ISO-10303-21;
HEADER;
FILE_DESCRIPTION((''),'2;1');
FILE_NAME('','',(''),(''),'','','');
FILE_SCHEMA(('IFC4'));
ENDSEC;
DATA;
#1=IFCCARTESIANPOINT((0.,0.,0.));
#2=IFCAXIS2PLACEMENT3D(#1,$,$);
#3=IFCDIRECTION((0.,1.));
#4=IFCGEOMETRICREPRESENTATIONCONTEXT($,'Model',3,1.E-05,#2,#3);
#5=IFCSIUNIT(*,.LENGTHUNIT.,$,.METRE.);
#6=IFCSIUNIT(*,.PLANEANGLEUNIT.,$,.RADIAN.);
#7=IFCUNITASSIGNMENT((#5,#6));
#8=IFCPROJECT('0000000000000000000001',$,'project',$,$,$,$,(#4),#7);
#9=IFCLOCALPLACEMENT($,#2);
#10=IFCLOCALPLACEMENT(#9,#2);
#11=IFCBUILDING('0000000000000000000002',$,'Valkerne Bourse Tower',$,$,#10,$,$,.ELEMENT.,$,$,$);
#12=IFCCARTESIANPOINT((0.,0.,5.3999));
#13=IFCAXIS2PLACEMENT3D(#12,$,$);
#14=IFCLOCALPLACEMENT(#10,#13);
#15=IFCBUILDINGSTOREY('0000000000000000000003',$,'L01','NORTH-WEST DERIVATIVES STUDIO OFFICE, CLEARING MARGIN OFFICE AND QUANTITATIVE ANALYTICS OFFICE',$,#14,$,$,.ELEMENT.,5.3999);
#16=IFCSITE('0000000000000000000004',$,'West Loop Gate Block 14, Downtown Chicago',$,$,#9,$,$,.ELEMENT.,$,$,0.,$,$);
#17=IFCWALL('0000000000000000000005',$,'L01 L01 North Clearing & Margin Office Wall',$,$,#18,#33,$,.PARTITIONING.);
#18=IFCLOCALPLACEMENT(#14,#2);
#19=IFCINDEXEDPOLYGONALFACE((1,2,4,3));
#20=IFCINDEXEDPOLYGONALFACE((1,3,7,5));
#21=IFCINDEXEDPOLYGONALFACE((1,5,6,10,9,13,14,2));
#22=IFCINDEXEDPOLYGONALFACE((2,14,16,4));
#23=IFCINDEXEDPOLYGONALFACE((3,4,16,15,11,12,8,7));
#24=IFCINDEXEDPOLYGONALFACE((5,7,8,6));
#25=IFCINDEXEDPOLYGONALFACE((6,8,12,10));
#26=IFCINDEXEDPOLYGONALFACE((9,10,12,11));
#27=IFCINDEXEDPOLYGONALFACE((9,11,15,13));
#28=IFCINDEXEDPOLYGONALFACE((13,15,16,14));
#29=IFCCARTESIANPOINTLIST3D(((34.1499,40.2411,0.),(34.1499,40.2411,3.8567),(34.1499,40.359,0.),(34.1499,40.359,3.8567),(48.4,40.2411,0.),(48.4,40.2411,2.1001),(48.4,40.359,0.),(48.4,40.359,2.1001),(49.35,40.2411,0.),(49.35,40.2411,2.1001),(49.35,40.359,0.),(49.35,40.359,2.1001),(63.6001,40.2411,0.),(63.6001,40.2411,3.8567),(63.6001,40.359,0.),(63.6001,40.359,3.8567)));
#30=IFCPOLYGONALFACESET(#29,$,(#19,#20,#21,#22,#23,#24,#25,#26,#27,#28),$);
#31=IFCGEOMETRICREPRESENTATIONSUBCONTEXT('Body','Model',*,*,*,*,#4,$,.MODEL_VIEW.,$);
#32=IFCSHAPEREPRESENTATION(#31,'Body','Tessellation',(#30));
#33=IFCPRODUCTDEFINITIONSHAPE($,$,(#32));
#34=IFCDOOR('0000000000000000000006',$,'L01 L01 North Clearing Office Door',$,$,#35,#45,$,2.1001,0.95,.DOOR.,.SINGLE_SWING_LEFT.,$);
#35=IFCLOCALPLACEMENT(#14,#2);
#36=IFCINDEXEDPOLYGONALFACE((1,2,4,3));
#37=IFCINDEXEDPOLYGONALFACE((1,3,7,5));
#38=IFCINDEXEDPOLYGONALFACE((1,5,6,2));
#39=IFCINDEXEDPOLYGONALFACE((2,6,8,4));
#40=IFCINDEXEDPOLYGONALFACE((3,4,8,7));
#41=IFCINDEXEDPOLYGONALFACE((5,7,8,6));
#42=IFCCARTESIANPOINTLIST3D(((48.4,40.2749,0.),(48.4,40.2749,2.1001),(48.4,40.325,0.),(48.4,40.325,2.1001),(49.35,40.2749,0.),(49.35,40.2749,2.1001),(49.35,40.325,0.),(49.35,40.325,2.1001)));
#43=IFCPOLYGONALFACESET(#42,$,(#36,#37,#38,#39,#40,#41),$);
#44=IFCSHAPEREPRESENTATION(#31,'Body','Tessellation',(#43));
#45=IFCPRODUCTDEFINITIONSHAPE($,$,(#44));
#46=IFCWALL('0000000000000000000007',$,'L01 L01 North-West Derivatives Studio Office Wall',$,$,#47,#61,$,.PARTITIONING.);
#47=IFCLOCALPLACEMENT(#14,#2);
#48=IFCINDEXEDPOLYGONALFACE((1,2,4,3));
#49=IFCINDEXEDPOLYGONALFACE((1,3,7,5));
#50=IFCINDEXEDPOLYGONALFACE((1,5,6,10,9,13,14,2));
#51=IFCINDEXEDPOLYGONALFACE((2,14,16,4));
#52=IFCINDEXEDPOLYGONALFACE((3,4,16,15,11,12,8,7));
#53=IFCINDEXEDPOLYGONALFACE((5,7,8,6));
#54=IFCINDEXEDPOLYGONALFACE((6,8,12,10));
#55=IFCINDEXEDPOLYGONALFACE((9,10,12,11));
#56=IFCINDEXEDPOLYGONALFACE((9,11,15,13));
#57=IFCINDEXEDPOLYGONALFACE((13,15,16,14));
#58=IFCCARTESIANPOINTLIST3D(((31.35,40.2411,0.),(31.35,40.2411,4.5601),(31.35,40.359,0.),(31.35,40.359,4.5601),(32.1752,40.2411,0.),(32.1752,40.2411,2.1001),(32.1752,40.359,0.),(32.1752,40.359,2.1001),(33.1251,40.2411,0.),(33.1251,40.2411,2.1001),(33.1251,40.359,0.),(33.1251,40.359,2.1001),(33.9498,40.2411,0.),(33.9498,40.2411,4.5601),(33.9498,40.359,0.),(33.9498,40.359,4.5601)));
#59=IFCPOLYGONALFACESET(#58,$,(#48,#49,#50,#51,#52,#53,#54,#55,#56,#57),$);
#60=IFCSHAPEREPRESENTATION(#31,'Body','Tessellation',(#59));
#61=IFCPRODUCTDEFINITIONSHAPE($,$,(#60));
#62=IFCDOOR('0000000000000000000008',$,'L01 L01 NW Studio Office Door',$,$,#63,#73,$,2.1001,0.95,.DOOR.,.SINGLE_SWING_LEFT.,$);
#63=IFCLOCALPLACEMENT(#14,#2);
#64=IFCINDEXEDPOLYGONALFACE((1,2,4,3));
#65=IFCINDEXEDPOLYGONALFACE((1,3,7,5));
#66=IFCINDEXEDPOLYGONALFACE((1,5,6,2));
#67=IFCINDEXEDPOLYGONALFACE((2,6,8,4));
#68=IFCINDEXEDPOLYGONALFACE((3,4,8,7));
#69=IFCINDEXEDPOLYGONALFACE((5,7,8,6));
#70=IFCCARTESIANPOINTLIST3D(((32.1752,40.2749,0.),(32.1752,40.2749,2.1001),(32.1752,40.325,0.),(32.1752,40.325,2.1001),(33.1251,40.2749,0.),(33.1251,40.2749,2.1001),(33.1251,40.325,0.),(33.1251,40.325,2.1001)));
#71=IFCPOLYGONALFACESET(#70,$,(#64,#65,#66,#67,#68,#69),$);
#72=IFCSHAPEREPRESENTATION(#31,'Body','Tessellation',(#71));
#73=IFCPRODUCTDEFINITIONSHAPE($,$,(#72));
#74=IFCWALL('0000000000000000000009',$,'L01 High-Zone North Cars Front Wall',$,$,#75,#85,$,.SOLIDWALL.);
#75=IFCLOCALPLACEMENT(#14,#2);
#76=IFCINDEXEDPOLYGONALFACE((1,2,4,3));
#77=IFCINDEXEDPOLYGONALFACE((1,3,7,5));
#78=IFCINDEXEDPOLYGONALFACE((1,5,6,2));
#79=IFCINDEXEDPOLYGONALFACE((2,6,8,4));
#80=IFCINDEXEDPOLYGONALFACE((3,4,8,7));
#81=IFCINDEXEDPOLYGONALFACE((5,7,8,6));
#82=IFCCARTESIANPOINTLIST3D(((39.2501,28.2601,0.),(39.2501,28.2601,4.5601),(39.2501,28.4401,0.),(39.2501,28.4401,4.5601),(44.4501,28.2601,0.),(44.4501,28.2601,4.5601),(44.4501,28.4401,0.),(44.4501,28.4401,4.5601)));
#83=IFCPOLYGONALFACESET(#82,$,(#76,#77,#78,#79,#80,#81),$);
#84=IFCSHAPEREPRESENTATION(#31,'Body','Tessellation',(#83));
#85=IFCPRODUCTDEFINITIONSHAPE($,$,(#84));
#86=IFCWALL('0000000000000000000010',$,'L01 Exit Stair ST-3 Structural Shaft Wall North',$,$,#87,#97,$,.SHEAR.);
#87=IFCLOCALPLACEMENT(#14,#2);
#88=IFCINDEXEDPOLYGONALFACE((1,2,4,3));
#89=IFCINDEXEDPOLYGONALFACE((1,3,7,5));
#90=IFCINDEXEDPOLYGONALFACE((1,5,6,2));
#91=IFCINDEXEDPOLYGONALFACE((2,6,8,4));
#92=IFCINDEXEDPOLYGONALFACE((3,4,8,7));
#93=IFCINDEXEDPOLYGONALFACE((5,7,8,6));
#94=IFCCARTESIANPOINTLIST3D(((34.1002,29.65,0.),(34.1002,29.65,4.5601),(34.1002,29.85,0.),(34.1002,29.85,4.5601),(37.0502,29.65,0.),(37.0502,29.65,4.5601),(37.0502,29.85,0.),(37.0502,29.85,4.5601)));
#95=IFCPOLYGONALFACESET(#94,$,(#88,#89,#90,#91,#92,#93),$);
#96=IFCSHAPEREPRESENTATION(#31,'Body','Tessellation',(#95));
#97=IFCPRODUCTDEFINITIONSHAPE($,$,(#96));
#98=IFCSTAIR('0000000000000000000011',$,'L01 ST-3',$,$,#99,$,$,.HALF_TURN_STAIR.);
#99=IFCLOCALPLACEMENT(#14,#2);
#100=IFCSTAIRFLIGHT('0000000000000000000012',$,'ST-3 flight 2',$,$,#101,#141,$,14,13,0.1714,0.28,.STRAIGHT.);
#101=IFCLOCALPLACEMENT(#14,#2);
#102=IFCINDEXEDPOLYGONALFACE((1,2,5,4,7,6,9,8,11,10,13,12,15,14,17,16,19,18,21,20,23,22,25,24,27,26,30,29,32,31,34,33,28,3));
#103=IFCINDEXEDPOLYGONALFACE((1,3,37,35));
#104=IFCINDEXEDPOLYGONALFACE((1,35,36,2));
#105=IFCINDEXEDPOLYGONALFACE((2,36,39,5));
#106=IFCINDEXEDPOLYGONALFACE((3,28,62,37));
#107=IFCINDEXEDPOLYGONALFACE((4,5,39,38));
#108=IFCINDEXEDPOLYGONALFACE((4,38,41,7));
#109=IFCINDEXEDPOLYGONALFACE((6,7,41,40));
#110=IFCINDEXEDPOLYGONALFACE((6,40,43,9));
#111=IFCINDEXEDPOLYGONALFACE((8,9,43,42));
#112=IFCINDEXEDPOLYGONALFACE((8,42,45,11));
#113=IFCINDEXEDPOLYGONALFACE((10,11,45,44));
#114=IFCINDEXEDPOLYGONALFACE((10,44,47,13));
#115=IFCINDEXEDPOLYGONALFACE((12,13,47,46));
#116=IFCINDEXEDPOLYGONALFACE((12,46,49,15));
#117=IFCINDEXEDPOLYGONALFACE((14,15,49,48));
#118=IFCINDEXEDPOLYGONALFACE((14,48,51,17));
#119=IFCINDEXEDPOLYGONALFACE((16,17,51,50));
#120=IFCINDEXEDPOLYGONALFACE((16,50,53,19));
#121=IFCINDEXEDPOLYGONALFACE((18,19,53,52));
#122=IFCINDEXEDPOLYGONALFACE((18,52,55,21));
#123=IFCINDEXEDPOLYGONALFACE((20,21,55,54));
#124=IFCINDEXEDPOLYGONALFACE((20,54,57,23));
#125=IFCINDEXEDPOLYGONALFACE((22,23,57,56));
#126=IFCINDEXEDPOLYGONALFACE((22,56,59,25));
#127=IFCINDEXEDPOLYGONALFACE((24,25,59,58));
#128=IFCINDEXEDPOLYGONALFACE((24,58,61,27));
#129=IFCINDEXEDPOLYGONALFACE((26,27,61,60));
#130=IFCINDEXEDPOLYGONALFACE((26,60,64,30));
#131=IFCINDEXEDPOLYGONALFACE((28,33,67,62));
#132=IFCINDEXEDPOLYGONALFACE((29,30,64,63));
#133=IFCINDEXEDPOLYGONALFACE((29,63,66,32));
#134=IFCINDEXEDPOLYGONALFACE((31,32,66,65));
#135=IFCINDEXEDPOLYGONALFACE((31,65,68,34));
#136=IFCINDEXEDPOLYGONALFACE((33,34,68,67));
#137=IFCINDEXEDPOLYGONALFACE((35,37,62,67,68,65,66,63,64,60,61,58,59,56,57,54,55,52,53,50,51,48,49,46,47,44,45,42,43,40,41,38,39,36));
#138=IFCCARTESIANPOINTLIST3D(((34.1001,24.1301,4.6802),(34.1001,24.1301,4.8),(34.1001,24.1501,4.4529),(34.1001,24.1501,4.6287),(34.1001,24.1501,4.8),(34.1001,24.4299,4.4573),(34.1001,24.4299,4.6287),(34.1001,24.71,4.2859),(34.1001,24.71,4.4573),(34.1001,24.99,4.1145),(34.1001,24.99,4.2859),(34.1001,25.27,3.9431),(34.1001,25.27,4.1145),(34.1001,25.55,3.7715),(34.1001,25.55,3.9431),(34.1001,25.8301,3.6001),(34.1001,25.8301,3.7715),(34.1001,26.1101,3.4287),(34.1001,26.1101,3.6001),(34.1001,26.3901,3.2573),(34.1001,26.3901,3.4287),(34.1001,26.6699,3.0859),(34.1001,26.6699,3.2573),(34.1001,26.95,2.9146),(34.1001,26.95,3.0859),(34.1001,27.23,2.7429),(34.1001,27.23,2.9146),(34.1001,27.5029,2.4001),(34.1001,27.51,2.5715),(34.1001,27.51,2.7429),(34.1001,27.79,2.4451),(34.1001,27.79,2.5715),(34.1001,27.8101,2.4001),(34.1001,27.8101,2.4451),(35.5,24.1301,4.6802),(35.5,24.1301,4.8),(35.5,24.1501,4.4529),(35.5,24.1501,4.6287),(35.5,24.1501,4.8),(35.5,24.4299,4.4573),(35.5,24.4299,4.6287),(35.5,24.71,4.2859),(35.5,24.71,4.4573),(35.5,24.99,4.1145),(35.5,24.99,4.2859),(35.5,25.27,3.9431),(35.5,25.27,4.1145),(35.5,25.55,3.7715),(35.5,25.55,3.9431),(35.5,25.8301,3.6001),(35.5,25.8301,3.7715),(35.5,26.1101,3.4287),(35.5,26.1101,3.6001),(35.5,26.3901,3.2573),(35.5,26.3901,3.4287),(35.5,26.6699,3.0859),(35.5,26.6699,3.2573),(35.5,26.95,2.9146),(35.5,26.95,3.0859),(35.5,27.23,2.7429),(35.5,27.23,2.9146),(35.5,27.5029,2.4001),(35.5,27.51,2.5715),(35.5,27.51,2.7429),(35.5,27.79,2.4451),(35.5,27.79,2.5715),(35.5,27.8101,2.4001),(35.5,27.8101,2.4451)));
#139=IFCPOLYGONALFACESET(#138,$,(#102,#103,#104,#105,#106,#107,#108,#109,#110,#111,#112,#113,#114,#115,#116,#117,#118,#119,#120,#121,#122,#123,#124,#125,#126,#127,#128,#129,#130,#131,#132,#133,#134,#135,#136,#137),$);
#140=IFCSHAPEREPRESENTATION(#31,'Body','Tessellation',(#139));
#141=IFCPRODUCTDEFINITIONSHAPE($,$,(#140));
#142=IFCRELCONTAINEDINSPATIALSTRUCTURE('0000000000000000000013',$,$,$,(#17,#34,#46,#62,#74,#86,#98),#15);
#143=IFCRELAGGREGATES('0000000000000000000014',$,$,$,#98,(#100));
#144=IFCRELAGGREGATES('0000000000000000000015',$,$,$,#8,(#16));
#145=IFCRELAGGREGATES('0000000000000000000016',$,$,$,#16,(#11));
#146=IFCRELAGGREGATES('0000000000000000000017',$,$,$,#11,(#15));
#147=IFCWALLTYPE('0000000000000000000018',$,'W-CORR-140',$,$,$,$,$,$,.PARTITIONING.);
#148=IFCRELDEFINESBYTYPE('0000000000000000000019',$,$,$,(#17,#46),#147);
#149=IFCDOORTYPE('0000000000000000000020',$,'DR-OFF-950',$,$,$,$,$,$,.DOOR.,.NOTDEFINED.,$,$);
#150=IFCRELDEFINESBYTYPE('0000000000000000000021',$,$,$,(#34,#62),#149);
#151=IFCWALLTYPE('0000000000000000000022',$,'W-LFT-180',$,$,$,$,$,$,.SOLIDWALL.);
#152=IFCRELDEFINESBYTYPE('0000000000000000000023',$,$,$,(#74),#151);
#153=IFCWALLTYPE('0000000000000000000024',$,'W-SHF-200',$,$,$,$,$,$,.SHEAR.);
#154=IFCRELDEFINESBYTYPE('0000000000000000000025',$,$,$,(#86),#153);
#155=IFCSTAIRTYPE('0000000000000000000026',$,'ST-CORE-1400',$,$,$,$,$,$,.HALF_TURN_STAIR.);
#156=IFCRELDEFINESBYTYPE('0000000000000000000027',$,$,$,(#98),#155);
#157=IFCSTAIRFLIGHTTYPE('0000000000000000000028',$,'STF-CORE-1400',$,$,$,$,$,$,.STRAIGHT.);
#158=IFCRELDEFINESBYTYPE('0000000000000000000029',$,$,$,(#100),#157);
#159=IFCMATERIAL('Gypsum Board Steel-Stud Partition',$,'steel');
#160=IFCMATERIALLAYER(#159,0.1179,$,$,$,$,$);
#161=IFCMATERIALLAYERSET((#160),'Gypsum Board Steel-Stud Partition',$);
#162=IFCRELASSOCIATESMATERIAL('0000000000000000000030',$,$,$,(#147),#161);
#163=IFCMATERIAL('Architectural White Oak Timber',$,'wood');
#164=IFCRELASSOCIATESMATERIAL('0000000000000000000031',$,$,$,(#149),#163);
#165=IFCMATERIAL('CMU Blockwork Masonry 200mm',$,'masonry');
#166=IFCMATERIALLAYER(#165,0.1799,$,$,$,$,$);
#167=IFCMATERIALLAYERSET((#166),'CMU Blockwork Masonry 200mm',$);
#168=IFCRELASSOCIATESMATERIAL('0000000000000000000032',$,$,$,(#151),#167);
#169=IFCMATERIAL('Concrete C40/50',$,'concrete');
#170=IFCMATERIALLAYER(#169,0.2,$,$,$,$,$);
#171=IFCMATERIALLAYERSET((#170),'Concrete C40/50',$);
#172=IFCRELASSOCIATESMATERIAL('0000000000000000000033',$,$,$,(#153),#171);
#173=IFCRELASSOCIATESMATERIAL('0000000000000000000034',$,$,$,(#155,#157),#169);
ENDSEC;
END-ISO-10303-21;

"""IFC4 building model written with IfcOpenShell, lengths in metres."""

from ifc_helpers import new_model, si_unit, direction, frame, frame_2d, origin, place, context, subcontext, project, spatial, polyline, rectangle, outline, extrude, material, layer, layer_set, type_object, element, fill, aggregate, save


model = new_model("IFC4")

# Units and contexts
model_context = context("Model", 3, precision=1e-05, world=origin(), true_north=direction((0.0, 1.0)))
body_context = subcontext(model_context, "Body", "Model", "MODEL_VIEW")
ifc_project = project(units=[si_unit("LENGTHUNIT", "METRE"), si_unit("PLANEANGLEUNIT", "RADIAN")], contexts=[model_context])

# Site, building, storey
site_placement = place(None, origin())
site = spatial("IfcSite", under=ifc_project, at=site_placement, Name="West Loop Gate Block 14, Downtown Chicago", CompositionType="ELEMENT", RefElevation=0.0)
building_placement = place(site_placement, origin())
building = spatial("IfcBuilding", under=site, at=building_placement, Name="Valkerne Bourse Tower", CompositionType="ELEMENT")
storey_placement = place(building_placement, frame((0.0, 0.0, 5.3999)))
storey = spatial("IfcBuildingStorey", under=building, at=storey_placement, Name="L01", Description="NORTH-WEST DERIVATIVES STUDIO OFFICE, CLEARING MARGIN OFFICE AND QUANTITATIVE ANALYTICS OFFICE", CompositionType="ELEMENT", Elevation=5.3999)

# Shared definitions
ifc_material_1 = material(Name="Gypsum Board Steel-Stud Partition", Category="steel")
ifc_layer_1 = layer(ifc_material_1, 0.1179)
ifc_layer_set_1 = layer_set([ifc_layer_1], Name="Gypsum Board Steel-Stud Partition")
wall_type_1 = type_object("IfcWallType", Name="W-CORR-140", PredefinedType="PARTITIONING", material=ifc_layer_set_1)

# Walls, openings, doors
wall_1_placement = place(storey_placement, frame((34.1499, 40.3, 0.0), z_axis=(0.0, 0.0, 1.0), x_axis=(1.0, 0.0, 0.0)))
wall_1 = element("IfcWall", 1, at=wall_1_placement, inside=storey, type_object=wall_type_1, Name="L01 L01 North Clearing & Margin Office Wall", PredefinedType="PARTITIONING", context=body_context, shape_type="SweptSolid", body=[
    extrude(rectangle(XDim=29.4502, YDim=0.1179, at=frame_2d((14.7251, 0.0))), origin(), (0.0, 0.0, 1.0), 3.8567),
])
opening_1_placement = place(wall_1_placement, frame((14.25, 0.0, 0.0)))
opening_1 = element("IfcOpeningElement", 2, at=opening_1_placement, cuts=wall_1, PredefinedType="OPENING", context=body_context, shape_type="SweptSolid", body=[
    extrude(rectangle(XDim=0.95, YDim=2.1001, at=frame_2d((0.4751, 1.05))), frame((0.0, 0.0688, 0.0), z_axis=(0.0, -1.0, 0.0), x_axis=(1.0, 0.0, 0.0)), (0.0, 0.0, 1.0), 0.1379),
])
ifc_material_2 = material(Name="Architectural White Oak Timber", Category="wood")
door_type_1 = type_object("IfcDoorType", Name="DR-OFF-950", OperationType="NOTDEFINED", PredefinedType="DOOR", material=ifc_material_2)
door_1_placement = place(opening_1_placement, origin())
door_1 = element("IfcDoor", 3, at=door_1_placement, inside=storey, type_object=door_type_1, Name="L01 L01 North Clearing Office Door", OperationType="SINGLE_SWING_LEFT", OverallHeight=2.1001, OverallWidth=0.95, PredefinedType="DOOR", context=body_context, shape_type="SweptSolid", body=[
    extrude(rectangle(XDim=0.95, YDim=2.1001, at=frame_2d((0.4751, 1.05))), frame((0.0, 0.0249, 0.0), z_axis=(0.0, -1.0, 0.0), x_axis=(1.0, 0.0, 0.0)), (0.0, 0.0, 1.0), 0.05),
])
fill(opening_1, door_1)
wall_2_placement = place(storey_placement, frame((31.3501, 40.3, 0.0), z_axis=(0.0, 0.0, 1.0), x_axis=(1.0, 0.0, 0.0)))
wall_2 = element("IfcWall", 4, at=wall_2_placement, inside=storey, type_object=wall_type_1, Name="L01 L01 North-West Derivatives Studio Office Wall", PredefinedType="PARTITIONING", context=body_context, shape_type="SweptSolid", body=[
    extrude(rectangle(XDim=2.5999, YDim=0.1179, at=frame_2d((1.2998, 0.0))), origin(), (0.0, 0.0, 1.0), 4.5601),
])
opening_2_placement = place(wall_2_placement, frame((0.825, 0.0, 0.0)))
opening_2 = element("IfcOpeningElement", 5, at=opening_2_placement, cuts=wall_2, PredefinedType="OPENING", context=body_context, shape_type="SweptSolid", body=[
    extrude(rectangle(XDim=0.95, YDim=2.1001, at=frame_2d((0.4751, 1.05))), frame((0.0, 0.0688, 0.0), z_axis=(0.0, -1.0, 0.0), x_axis=(1.0, 0.0, 0.0)), (0.0, 0.0, 1.0), 0.1379),
])
door_2_placement = place(opening_2_placement, origin())
door_2 = element("IfcDoor", 6, at=door_2_placement, inside=storey, type_object=door_type_1, Name="L01 L01 NW Studio Office Door", OperationType="SINGLE_SWING_LEFT", OverallHeight=2.1001, OverallWidth=0.95, PredefinedType="DOOR", context=body_context, shape_type="SweptSolid", body=[
    extrude(rectangle(XDim=0.95, YDim=2.1001, at=frame_2d((0.4751, 1.05))), frame((0.0, 0.0249, 0.0), z_axis=(0.0, -1.0, 0.0), x_axis=(1.0, 0.0, 0.0)), (0.0, 0.0, 1.0), 0.05),
])
fill(opening_2, door_2)

# Walls
ifc_material_3 = material(Name="CMU Blockwork Masonry 200mm", Category="masonry")
ifc_layer_2 = layer(ifc_material_3, 0.1799)
ifc_layer_set_2 = layer_set([ifc_layer_2], Name="CMU Blockwork Masonry 200mm")
wall_type_2 = type_object("IfcWallType", Name="W-LFT-180", PredefinedType="SOLIDWALL", material=ifc_layer_set_2)
wall_3_placement = place(storey_placement, frame((39.25, 28.3501, 0.0), z_axis=(0.0, 0.0, 1.0), x_axis=(1.0, 0.0, 0.0)))
element("IfcWall", 7, at=wall_3_placement, inside=storey, type_object=wall_type_2, Name="L01 High-Zone North Cars Front Wall", PredefinedType="SOLIDWALL", context=body_context, shape_type="SweptSolid", body=[
    extrude(rectangle(XDim=5.2, YDim=0.1799, at=frame_2d((2.6001, 0.0))), origin(), (0.0, 0.0, 1.0), 4.5601),
])
ifc_material_4 = material(Name="Concrete C40/50", Category="concrete")
ifc_layer_3 = layer(ifc_material_4, 0.2)
ifc_layer_set_3 = layer_set([ifc_layer_3], Name="Concrete C40/50")
wall_type_3 = type_object("IfcWallType", Name="W-SHF-200", PredefinedType="SHEAR", material=ifc_layer_set_3)
wall_4_placement = place(storey_placement, frame((34.1001, 29.75, 0.0), z_axis=(0.0, 0.0, 1.0), x_axis=(1.0, 0.0, 0.0)))
element("IfcWall", 8, at=wall_4_placement, inside=storey, type_object=wall_type_3, Name="L01 Exit Stair ST-3 Structural Shaft Wall North", PredefinedType="SHEAR", context=body_context, shape_type="SweptSolid", body=[
    extrude(rectangle(XDim=2.95, YDim=0.2, at=frame_2d((1.4751, 0.0))), origin(), (0.0, 0.0, 1.0), 4.5601),
])

# Stair, stair flight
stair_type = type_object("IfcStairType", Name="ST-CORE-1400", PredefinedType="HALF_TURN_STAIR", material=ifc_material_4)
stair_placement = place(storey_placement, origin())
stair = element("IfcStair", 9, at=stair_placement, inside=storey, type_object=stair_type, Name="L01 ST-3", PredefinedType="HALF_TURN_STAIR")
stair_flight_type = type_object("IfcStairFlightType", Name="STF-CORE-1400", PredefinedType="STRAIGHT", material=ifc_material_4)
stair_flight_placement = place(storey_placement, frame((34.8, 27.79, 2.4001), z_axis=(0.0, 0.0, 1.0), x_axis=(0.0, -1.0, 0.0)))
stair_flight = element("IfcStairFlight", 10, at=stair_flight_placement, type_object=stair_flight_type, Name="ST-3 flight 2", NumberOfRisers=14, NumberOfTreads=13, PredefinedType="STRAIGHT", RiserHeight=0.1714, TreadLength=0.28, context=body_context, shape_type="SweptSolid", body=[
    extrude(outline(polyline([(-0.02, 0.0), (-0.02, 0.0449), (0.0, 0.0449), (0.0, 0.1714), (0.28, 0.1714), (0.28, 0.3428), (0.5601, 0.3428), (0.5601, 0.5144), (0.8401, 0.5144), (0.8401, 0.6858), (1.1201, 0.6858), (1.1201, 0.8572), (1.3999, 0.8572), (1.3999, 1.0286), (1.6799, 1.0286), (1.6799, 1.2), (1.96, 1.2), (1.96, 1.3713), (2.24, 1.3713), (2.24, 1.543), (2.52, 1.543), (2.52, 1.7144), (2.8, 1.7144), (2.8, 1.8857), (3.0801, 1.8857), (3.0801, 2.0571), (3.3601, 2.0571), (3.3601, 2.2285), (3.6399, 2.2285), (3.6399, 2.3999), (3.6599, 2.3999), (3.6599, 2.28), (3.6399, 2.0527), (0.2871, 0.0), (-0.02, 0.0)])), frame((0.0, 0.7, 0.0), z_axis=(0.0, -1.0, 0.0), x_axis=(1.0, 0.0, 0.0)), (0.0, 0.0, 1.0), 1.3999),
])
aggregate(stair, [stair_flight])

save(model, "model.ifc")
